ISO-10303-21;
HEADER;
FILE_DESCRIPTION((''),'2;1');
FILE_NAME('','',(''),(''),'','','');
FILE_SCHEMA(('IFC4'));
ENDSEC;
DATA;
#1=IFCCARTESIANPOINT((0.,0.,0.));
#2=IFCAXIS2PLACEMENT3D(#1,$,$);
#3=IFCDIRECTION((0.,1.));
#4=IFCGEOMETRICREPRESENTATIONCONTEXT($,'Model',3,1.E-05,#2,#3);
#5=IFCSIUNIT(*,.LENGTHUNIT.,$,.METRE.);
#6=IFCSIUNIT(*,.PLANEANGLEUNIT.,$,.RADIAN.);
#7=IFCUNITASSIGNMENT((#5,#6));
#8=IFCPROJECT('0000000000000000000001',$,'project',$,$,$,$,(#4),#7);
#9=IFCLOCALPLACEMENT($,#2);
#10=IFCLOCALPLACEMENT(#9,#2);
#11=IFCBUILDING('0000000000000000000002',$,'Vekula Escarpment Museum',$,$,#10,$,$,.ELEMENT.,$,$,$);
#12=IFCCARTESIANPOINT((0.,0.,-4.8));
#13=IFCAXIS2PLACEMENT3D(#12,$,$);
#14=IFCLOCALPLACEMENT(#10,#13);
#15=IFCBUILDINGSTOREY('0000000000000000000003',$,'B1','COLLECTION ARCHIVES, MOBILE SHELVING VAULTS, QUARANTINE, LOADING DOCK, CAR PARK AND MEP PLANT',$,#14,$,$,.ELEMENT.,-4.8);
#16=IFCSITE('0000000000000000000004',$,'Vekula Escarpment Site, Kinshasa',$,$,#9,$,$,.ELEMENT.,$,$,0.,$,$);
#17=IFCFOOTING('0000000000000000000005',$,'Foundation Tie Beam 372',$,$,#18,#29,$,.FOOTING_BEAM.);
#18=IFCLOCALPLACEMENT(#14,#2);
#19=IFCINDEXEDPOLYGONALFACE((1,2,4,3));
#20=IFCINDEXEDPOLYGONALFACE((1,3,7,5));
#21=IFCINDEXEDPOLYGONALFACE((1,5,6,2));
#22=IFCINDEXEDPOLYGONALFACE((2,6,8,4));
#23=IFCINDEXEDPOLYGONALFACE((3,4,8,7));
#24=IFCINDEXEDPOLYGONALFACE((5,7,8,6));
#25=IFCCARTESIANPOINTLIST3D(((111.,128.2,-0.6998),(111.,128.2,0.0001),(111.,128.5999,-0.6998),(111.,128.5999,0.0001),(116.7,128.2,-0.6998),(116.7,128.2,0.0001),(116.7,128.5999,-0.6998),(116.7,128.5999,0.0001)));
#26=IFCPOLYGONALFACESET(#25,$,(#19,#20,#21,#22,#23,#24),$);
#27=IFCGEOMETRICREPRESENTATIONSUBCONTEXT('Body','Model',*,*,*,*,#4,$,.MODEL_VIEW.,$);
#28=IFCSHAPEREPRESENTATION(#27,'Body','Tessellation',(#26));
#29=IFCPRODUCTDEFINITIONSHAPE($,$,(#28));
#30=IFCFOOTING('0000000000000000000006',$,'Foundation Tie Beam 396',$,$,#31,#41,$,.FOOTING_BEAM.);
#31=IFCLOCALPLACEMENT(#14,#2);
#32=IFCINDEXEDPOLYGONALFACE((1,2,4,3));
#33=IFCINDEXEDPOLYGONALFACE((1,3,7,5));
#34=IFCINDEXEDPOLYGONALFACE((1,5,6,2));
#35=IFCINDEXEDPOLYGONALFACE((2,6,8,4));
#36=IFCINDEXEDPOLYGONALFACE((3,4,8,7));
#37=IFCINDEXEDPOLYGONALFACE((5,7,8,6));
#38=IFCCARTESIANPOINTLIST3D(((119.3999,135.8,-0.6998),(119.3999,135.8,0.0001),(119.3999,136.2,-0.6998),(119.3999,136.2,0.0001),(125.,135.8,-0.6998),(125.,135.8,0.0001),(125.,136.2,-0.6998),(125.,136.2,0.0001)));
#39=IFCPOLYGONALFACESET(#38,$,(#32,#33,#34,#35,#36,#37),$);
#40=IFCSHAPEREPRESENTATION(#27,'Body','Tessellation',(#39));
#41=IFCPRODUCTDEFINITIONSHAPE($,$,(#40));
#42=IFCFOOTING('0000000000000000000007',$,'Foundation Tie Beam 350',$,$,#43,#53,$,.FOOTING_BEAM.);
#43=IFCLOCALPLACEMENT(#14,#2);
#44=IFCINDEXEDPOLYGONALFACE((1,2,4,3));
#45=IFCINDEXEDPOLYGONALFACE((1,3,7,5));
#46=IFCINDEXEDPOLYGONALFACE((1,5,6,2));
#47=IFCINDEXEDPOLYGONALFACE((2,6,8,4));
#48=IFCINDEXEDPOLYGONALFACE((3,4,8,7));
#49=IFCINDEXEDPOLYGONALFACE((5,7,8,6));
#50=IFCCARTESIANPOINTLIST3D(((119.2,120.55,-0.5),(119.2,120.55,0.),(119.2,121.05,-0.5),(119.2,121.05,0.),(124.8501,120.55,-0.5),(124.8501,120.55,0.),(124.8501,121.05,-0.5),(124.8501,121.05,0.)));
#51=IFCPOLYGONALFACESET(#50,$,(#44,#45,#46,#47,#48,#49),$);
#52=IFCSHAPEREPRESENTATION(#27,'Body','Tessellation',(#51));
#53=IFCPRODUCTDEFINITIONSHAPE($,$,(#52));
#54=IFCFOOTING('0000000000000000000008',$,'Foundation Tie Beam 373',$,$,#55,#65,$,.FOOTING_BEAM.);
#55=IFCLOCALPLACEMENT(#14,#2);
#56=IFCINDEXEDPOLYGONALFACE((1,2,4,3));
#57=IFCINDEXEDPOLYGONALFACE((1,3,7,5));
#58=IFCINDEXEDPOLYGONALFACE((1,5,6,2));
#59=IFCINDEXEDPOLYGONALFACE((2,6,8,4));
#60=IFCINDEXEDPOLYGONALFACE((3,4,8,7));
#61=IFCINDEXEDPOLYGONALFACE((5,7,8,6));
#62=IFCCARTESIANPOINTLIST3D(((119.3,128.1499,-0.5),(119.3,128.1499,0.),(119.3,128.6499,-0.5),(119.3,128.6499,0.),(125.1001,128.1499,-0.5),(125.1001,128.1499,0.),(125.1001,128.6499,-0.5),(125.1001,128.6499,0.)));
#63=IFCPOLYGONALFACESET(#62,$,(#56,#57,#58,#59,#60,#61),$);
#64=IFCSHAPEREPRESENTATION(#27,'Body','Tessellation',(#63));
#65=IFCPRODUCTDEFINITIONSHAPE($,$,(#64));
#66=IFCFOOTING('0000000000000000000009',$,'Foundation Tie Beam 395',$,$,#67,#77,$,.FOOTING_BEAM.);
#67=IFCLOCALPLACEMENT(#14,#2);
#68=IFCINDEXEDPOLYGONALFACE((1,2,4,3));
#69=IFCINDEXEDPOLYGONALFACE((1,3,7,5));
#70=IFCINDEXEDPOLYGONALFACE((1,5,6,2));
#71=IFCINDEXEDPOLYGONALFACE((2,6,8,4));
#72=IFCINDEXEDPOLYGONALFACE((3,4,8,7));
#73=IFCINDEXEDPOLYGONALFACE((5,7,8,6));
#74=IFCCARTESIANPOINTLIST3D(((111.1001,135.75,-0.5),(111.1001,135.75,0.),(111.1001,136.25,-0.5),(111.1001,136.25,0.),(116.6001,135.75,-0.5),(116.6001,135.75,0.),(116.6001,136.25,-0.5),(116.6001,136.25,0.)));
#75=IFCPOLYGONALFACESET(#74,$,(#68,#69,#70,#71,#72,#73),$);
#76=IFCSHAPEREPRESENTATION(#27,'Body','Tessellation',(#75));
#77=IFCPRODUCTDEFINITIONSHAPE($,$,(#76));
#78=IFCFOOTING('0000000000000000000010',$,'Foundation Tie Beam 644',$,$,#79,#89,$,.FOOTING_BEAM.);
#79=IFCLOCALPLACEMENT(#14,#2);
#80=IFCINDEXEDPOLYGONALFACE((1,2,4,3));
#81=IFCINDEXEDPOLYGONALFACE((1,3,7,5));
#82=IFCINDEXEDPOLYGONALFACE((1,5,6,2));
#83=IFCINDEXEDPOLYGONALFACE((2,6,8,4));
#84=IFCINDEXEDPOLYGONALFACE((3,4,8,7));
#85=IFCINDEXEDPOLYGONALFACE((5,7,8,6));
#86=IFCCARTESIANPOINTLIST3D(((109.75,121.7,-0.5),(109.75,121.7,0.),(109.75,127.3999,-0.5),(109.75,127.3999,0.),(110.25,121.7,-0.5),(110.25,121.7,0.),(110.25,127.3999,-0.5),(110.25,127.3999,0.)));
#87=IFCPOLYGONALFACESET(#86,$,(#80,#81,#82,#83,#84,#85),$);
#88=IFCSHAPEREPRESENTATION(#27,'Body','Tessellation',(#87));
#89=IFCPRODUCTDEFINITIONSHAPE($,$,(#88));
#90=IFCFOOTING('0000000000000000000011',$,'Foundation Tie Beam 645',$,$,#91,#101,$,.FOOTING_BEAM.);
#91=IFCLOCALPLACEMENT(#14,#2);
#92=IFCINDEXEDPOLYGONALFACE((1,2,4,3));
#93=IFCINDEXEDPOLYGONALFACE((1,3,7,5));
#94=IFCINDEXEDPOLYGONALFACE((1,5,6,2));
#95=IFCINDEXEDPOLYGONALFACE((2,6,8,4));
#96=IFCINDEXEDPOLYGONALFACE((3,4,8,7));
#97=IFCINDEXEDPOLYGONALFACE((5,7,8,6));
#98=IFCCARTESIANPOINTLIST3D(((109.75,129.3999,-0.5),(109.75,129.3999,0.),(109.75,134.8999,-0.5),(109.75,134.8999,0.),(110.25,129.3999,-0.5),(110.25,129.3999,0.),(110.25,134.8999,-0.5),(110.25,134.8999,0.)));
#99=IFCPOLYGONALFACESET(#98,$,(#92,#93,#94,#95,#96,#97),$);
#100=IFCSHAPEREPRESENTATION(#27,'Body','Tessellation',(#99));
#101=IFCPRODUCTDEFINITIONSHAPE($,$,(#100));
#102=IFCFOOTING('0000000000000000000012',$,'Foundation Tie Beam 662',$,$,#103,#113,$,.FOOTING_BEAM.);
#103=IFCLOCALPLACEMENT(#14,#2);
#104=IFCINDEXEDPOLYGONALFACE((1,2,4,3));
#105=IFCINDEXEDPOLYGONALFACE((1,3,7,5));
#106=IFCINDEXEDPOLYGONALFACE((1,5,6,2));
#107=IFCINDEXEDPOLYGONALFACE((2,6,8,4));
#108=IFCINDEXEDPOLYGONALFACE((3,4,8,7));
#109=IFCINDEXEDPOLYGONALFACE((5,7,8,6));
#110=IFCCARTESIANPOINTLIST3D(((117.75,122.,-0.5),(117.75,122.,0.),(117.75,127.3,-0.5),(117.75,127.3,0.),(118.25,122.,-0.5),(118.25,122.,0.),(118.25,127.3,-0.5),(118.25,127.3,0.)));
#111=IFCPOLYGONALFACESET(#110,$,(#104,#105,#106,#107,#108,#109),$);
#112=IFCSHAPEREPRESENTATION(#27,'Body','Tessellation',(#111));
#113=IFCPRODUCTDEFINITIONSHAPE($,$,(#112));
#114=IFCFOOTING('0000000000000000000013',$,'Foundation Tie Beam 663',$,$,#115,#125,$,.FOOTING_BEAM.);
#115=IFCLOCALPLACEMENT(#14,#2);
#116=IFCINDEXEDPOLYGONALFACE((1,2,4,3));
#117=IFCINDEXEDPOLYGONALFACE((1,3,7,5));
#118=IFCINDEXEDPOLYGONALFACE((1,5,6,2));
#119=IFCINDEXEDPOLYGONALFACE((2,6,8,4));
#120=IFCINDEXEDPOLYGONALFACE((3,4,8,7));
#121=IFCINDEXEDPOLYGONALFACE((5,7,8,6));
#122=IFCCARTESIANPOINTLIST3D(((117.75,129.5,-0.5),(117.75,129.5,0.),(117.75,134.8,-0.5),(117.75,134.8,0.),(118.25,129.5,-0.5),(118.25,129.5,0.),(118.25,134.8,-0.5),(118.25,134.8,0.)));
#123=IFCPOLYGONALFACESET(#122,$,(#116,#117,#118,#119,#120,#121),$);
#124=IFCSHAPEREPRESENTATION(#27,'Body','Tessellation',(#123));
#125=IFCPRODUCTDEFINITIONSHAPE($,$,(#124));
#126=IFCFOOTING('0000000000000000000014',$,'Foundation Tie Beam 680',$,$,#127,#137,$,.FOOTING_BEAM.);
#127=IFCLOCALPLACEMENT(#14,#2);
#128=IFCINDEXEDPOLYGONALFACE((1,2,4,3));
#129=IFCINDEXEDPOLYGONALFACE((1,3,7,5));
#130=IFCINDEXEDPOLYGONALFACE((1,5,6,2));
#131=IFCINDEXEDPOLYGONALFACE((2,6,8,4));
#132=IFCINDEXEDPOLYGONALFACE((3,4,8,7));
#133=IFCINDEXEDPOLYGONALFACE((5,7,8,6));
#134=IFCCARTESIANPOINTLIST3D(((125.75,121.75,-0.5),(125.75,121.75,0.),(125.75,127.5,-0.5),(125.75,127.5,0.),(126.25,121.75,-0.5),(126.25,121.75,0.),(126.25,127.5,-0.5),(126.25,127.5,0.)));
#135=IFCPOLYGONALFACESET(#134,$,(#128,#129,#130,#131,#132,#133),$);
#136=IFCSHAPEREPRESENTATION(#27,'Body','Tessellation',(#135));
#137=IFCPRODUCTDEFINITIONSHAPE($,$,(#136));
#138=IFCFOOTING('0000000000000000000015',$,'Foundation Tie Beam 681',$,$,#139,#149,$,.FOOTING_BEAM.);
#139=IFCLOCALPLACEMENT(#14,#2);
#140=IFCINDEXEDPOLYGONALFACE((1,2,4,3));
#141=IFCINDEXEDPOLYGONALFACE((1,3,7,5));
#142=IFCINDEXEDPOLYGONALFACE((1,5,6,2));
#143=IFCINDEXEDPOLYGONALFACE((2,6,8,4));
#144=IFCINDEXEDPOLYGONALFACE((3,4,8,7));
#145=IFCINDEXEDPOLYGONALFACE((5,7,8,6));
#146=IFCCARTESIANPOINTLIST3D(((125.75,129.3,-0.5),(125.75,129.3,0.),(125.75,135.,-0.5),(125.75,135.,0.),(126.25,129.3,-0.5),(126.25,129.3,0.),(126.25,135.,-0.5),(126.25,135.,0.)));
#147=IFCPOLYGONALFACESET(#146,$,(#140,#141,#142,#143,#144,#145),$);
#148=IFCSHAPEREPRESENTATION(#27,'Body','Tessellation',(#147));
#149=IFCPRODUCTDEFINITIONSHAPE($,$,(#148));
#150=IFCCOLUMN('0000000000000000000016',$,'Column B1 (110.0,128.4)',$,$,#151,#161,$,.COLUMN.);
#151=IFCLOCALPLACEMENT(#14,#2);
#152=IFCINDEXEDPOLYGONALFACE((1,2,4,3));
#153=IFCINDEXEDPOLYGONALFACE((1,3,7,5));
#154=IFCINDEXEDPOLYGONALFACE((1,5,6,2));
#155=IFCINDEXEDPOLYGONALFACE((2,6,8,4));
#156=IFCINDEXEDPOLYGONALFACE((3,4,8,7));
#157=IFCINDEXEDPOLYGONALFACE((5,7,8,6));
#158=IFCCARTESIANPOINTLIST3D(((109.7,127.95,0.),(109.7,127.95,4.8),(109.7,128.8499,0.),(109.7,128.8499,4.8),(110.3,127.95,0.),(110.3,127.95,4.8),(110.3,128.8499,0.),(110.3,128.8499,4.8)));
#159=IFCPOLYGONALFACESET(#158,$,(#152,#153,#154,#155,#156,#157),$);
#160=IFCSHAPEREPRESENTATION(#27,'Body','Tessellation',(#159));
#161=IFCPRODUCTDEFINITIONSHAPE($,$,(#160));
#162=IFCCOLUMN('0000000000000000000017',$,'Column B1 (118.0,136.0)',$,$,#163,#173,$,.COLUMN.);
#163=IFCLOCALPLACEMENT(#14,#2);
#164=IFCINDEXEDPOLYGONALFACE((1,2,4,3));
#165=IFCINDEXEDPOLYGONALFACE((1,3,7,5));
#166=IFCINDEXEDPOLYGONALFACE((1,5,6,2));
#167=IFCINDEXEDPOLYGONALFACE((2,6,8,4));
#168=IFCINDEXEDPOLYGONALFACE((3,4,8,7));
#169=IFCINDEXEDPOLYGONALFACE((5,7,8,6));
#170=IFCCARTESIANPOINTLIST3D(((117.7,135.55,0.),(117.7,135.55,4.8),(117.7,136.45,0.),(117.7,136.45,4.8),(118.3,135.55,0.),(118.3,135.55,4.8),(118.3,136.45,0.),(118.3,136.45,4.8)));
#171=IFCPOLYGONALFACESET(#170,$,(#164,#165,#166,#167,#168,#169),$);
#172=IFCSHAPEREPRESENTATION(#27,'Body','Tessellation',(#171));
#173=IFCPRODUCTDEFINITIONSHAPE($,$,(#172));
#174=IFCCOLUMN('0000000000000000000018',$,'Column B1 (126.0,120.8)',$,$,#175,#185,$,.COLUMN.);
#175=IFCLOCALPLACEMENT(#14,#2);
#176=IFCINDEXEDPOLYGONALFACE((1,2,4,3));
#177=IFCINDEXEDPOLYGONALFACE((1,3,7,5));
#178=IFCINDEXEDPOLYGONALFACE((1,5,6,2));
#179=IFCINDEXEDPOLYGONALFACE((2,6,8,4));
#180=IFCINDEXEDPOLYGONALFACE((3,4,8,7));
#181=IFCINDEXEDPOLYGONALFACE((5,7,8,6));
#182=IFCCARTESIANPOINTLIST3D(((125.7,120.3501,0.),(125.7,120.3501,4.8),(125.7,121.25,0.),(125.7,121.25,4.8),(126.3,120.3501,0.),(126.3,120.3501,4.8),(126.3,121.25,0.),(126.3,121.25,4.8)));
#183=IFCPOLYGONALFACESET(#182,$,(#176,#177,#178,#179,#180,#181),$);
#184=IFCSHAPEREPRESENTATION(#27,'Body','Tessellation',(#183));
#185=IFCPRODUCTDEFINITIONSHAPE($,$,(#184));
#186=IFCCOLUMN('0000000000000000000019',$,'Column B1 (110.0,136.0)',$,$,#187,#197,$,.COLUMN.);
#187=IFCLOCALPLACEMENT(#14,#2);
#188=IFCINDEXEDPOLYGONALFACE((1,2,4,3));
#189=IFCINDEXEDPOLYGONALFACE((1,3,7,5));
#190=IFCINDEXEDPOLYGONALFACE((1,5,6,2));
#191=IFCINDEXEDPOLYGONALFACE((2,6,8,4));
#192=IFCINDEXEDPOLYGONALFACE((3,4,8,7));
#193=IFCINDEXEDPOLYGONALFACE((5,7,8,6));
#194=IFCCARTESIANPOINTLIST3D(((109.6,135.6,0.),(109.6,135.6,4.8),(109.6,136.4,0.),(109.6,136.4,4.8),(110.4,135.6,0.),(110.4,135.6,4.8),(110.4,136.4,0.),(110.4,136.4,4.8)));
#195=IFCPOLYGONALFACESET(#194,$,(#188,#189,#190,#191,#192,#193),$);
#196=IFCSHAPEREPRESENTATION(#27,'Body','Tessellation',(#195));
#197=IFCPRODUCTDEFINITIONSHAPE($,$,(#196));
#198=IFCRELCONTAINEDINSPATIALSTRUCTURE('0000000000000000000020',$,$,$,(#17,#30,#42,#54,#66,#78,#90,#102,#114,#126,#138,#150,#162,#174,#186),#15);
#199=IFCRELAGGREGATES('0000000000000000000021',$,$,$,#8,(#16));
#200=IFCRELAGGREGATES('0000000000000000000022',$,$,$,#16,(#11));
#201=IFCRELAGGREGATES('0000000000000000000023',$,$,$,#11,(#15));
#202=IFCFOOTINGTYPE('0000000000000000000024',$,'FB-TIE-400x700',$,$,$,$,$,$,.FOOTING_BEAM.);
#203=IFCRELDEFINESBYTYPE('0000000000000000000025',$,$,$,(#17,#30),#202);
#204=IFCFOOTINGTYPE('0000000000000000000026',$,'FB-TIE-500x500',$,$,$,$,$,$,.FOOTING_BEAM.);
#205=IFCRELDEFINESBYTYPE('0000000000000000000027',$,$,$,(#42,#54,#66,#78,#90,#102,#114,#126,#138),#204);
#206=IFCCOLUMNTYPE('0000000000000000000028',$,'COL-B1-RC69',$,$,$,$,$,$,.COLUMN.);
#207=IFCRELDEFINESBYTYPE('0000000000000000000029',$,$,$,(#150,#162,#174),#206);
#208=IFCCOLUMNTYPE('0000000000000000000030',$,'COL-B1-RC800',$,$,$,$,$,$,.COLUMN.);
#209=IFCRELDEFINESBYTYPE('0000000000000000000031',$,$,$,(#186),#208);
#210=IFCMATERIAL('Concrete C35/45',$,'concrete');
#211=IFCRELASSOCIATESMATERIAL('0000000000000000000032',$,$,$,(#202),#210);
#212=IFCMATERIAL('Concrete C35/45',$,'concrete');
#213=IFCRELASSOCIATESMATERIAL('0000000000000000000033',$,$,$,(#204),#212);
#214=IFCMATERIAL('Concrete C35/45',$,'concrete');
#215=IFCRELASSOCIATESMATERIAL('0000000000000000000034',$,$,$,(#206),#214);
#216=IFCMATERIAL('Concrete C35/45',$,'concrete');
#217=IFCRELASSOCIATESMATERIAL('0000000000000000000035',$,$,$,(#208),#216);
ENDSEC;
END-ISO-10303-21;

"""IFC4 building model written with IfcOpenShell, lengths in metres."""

from ifc_helpers import new_model, si_unit, direction, frame, origin, origin_2d, place, context, subcontext, project, spatial, rectangle, extrude, material, material_profile, profile_set, type_object, element, save


model = new_model("IFC4")

# Units and contexts
model_context = context("Model", 3, precision=1e-05, world=origin(), true_north=direction((0.0, 1.0)))
body_context = subcontext(model_context, "Body", "Model", "MODEL_VIEW")
ifc_project = project(units=[si_unit("LENGTHUNIT", "METRE"), si_unit("PLANEANGLEUNIT", "RADIAN")], contexts=[model_context])

# Site, building, storey
site_placement = place(None, origin())
site = spatial("IfcSite", under=ifc_project, at=site_placement, Name="Vekula Escarpment Site, Kinshasa", CompositionType="ELEMENT", RefElevation=0.0)
building_placement = place(site_placement, origin())
building = spatial("IfcBuilding", under=site, at=building_placement, Name="Vekula Escarpment Museum", CompositionType="ELEMENT")
storey_placement = place(building_placement, frame((0.0, 0.0, -4.8)))
storey = spatial("IfcBuildingStorey", under=building, at=storey_placement, Name="B1", Description="COLLECTION ARCHIVES, MOBILE SHELVING VAULTS, QUARANTINE, LOADING DOCK, CAR PARK AND MEP PLANT", CompositionType="ELEMENT", Elevation=-4.8)

# Footings
ifc_material_1 = material(Name="Concrete C35/45", Category="concrete")
ifc_material_profile_1 = material_profile(ifc_material_1, rectangle(XDim=0.3999, YDim=0.7, at=origin_2d()), Name="RC 400x700")
ifc_profile_set_1 = profile_set([ifc_material_profile_1], Name="Concrete C35/45")
footing_type_1 = type_object("IfcFootingType", Name="FB-TIE-400x700", PredefinedType="FOOTING_BEAM", material=ifc_profile_set_1)
footing_1_placement = place(storey_placement, frame((111.0, 128.3999, -0.3499), z_axis=(1.0, 0.0, 0.0), x_axis=(0.0, 1.0, 0.0)))
element("IfcFooting", 1, at=footing_1_placement, inside=storey, type_object=footing_type_1, Name="Foundation Tie Beam 372", PredefinedType="FOOTING_BEAM", context=body_context, shape_type="SweptSolid", body=[
    extrude(rectangle(XDim=0.3999, YDim=0.7, at=origin_2d()), origin(), (0.0, 0.0, 1.0), 5.7),
])
footing_2_placement = place(storey_placement, frame((119.3999, 136.0, -0.3499), z_axis=(1.0, 0.0, 0.0), x_axis=(0.0, 1.0, 0.0)))
element("IfcFooting", 2, at=footing_2_placement, inside=storey, type_object=footing_type_1, Name="Foundation Tie Beam 396", PredefinedType="FOOTING_BEAM", context=body_context, shape_type="SweptSolid", body=[
    extrude(rectangle(XDim=0.3999, YDim=0.7, at=origin_2d()), origin(), (0.0, 0.0, 1.0), 5.6001),
])
ifc_material_2 = material(Name="Concrete C35/45", Category="concrete")
ifc_material_profile_2 = material_profile(ifc_material_2, rectangle(XDim=0.5, YDim=0.5, at=origin_2d()), Name="RC 500x500")
ifc_profile_set_2 = profile_set([ifc_material_profile_2], Name="Concrete C35/45")
footing_type_2 = type_object("IfcFootingType", Name="FB-TIE-500x500", PredefinedType="FOOTING_BEAM", material=ifc_profile_set_2)
footing_3_placement = place(storey_placement, frame((119.2, 120.8, -0.25), z_axis=(1.0, 0.0, 0.0), x_axis=(0.0, 1.0, 0.0)))
element("IfcFooting", 3, at=footing_3_placement, inside=storey, type_object=footing_type_2, Name="Foundation Tie Beam 350", PredefinedType="FOOTING_BEAM", context=body_context, shape_type="SweptSolid", body=[
    extrude(rectangle(XDim=0.5, YDim=0.5, at=origin_2d()), origin(), (0.0, 0.0, 1.0), 5.6501),
])
footing_4_placement = place(storey_placement, frame((119.3, 128.3999, -0.25), z_axis=(1.0, 0.0, 0.0), x_axis=(0.0, 1.0, 0.0)))
element("IfcFooting", 4, at=footing_4_placement, inside=storey, type_object=footing_type_2, Name="Foundation Tie Beam 373", PredefinedType="FOOTING_BEAM", context=body_context, shape_type="SweptSolid", body=[
    extrude(rectangle(XDim=0.5, YDim=0.5, at=origin_2d()), origin(), (0.0, 0.0, 1.0), 5.8),
])
footing_5_placement = place(storey_placement, frame((111.1001, 136.0, -0.25), z_axis=(1.0, 0.0, 0.0), x_axis=(0.0, 1.0, 0.0)))
element("IfcFooting", 5, at=footing_5_placement, inside=storey, type_object=footing_type_2, Name="Foundation Tie Beam 395", PredefinedType="FOOTING_BEAM", context=body_context, shape_type="SweptSolid", body=[
    extrude(rectangle(XDim=0.5, YDim=0.5, at=origin_2d()), origin(), (0.0, 0.0, 1.0), 5.5),
])
footing_6_placement = place(storey_placement, frame((110.0, 121.7, -0.25), z_axis=(0.0, 1.0, 0.0), x_axis=(-1.0, 0.0, 0.0)))
element("IfcFooting", 6, at=footing_6_placement, inside=storey, type_object=footing_type_2, Name="Foundation Tie Beam 644", PredefinedType="FOOTING_BEAM", context=body_context, shape_type="SweptSolid", body=[
    extrude(rectangle(XDim=0.5, YDim=0.5, at=origin_2d()), origin(), (0.0, 0.0, 1.0), 5.7),
])
footing_7_placement = place(storey_placement, frame((110.0, 129.3999, -0.25), z_axis=(0.0, 1.0, 0.0), x_axis=(-1.0, 0.0, 0.0)))
element("IfcFooting", 7, at=footing_7_placement, inside=storey, type_object=footing_type_2, Name="Foundation Tie Beam 645", PredefinedType="FOOTING_BEAM", context=body_context, shape_type="SweptSolid", body=[
    extrude(rectangle(XDim=0.5, YDim=0.5, at=origin_2d()), origin(), (0.0, 0.0, 1.0), 5.5),
])
for number, where, z_axis, x_axis, name in (
    (8, (118.0, 122.0, -0.25), (0.0, 1.0, 0.0), (-1.0, 0.0, 0.0), "Foundation Tie Beam 662"),
    (9, (118.0, 129.5, -0.25), (0.0, 1.0, 0.0), (-1.0, 0.0, 0.0), "Foundation Tie Beam 663"),
):
    element("IfcFooting", number, at=place(storey_placement, frame(where, z_axis=z_axis, x_axis=x_axis)), inside=storey, type_object=footing_type_2, Name=name, PredefinedType="FOOTING_BEAM", context=body_context, shape_type="SweptSolid", body=[
        extrude(rectangle(XDim=0.5, YDim=0.5, at=origin_2d()), origin(), (0.0, 0.0, 1.0), 5.3),
    ])
footing_8_placement = place(storey_placement, frame((126.0, 121.75, -0.25), z_axis=(0.0, 1.0, 0.0), x_axis=(-1.0, 0.0, 0.0)))
element("IfcFooting", 10, at=footing_8_placement, inside=storey, type_object=footing_type_2, Name="Foundation Tie Beam 680", PredefinedType="FOOTING_BEAM", context=body_context, shape_type="SweptSolid", body=[
    extrude(rectangle(XDim=0.5, YDim=0.5, at=origin_2d()), origin(), (0.0, 0.0, 1.0), 5.75),
])
footing_9_placement = place(storey_placement, frame((126.0, 129.3, -0.25), z_axis=(0.0, 1.0, 0.0), x_axis=(-1.0, 0.0, 0.0)))
element("IfcFooting", 11, at=footing_9_placement, inside=storey, type_object=footing_type_2, Name="Foundation Tie Beam 681", PredefinedType="FOOTING_BEAM", context=body_context, shape_type="SweptSolid", body=[
    extrude(rectangle(XDim=0.5, YDim=0.5, at=origin_2d()), origin(), (0.0, 0.0, 1.0), 5.7),
])

# Columns
ifc_material_3 = material(Name="Concrete C35/45", Category="concrete")
ifc_material_profile_3 = material_profile(ifc_material_3, rectangle(XDim=0.6001, YDim=0.8999, at=origin_2d()), Name="RC 600x900")
ifc_profile_set_3 = profile_set([ifc_material_profile_3], Name="Concrete C35/45")
column_type_1 = type_object("IfcColumnType", Name="COL-B1-RC69", PredefinedType="COLUMN", material=ifc_profile_set_3)
for number, where, z_axis, x_axis, name in (
    (12, (110.0, 128.3999, 0.0), (0.0, 0.0, 1.0), (1.0, 0.0, 0.0), "Column B1 (110.0,128.4)"),
    (13, (118.0, 136.0, 0.0), (0.0, 0.0, 1.0), (1.0, 0.0, 0.0), "Column B1 (118.0,136.0)"),
    (14, (126.0, 120.8, 0.0), (0.0, 0.0, 1.0), (1.0, 0.0, 0.0), "Column B1 (126.0,120.8)"),
):
    element("IfcColumn", number, at=place(storey_placement, frame(where, z_axis=z_axis, x_axis=x_axis)), inside=storey, type_object=column_type_1, Name=name, PredefinedType="COLUMN", context=body_context, shape_type="SweptSolid", body=[
        extrude(rectangle(XDim=0.6001, YDim=0.8999, at=origin_2d()), origin(), (0.0, 0.0, 1.0), 4.8),
    ])
ifc_material_4 = material(Name="Concrete C35/45", Category="concrete")
ifc_material_profile_4 = material_profile(ifc_material_4, rectangle(XDim=0.8, YDim=0.8, at=origin_2d()), Name="RC 800x800")
ifc_profile_set_4 = profile_set([ifc_material_profile_4], Name="Concrete C35/45")
column_type_2 = type_object("IfcColumnType", Name="COL-B1-RC800", PredefinedType="COLUMN", material=ifc_profile_set_4)
for number, where, z_axis, x_axis, name in (
    (15, (110.0, 136.0, 0.0), (0.0, 0.0, 1.0), (1.0, 0.0, 0.0), "Column B1 (110.0,136.0)"),
):
    element("IfcColumn", number, at=place(storey_placement, frame(where, z_axis=z_axis, x_axis=x_axis)), inside=storey, type_object=column_type_2, Name=name, PredefinedType="COLUMN", context=body_context, shape_type="SweptSolid", body=[
        extrude(rectangle(XDim=0.8, YDim=0.8, at=origin_2d()), origin(), (0.0, 0.0, 1.0), 4.8),
    ])

save(model, "model.ifc")
